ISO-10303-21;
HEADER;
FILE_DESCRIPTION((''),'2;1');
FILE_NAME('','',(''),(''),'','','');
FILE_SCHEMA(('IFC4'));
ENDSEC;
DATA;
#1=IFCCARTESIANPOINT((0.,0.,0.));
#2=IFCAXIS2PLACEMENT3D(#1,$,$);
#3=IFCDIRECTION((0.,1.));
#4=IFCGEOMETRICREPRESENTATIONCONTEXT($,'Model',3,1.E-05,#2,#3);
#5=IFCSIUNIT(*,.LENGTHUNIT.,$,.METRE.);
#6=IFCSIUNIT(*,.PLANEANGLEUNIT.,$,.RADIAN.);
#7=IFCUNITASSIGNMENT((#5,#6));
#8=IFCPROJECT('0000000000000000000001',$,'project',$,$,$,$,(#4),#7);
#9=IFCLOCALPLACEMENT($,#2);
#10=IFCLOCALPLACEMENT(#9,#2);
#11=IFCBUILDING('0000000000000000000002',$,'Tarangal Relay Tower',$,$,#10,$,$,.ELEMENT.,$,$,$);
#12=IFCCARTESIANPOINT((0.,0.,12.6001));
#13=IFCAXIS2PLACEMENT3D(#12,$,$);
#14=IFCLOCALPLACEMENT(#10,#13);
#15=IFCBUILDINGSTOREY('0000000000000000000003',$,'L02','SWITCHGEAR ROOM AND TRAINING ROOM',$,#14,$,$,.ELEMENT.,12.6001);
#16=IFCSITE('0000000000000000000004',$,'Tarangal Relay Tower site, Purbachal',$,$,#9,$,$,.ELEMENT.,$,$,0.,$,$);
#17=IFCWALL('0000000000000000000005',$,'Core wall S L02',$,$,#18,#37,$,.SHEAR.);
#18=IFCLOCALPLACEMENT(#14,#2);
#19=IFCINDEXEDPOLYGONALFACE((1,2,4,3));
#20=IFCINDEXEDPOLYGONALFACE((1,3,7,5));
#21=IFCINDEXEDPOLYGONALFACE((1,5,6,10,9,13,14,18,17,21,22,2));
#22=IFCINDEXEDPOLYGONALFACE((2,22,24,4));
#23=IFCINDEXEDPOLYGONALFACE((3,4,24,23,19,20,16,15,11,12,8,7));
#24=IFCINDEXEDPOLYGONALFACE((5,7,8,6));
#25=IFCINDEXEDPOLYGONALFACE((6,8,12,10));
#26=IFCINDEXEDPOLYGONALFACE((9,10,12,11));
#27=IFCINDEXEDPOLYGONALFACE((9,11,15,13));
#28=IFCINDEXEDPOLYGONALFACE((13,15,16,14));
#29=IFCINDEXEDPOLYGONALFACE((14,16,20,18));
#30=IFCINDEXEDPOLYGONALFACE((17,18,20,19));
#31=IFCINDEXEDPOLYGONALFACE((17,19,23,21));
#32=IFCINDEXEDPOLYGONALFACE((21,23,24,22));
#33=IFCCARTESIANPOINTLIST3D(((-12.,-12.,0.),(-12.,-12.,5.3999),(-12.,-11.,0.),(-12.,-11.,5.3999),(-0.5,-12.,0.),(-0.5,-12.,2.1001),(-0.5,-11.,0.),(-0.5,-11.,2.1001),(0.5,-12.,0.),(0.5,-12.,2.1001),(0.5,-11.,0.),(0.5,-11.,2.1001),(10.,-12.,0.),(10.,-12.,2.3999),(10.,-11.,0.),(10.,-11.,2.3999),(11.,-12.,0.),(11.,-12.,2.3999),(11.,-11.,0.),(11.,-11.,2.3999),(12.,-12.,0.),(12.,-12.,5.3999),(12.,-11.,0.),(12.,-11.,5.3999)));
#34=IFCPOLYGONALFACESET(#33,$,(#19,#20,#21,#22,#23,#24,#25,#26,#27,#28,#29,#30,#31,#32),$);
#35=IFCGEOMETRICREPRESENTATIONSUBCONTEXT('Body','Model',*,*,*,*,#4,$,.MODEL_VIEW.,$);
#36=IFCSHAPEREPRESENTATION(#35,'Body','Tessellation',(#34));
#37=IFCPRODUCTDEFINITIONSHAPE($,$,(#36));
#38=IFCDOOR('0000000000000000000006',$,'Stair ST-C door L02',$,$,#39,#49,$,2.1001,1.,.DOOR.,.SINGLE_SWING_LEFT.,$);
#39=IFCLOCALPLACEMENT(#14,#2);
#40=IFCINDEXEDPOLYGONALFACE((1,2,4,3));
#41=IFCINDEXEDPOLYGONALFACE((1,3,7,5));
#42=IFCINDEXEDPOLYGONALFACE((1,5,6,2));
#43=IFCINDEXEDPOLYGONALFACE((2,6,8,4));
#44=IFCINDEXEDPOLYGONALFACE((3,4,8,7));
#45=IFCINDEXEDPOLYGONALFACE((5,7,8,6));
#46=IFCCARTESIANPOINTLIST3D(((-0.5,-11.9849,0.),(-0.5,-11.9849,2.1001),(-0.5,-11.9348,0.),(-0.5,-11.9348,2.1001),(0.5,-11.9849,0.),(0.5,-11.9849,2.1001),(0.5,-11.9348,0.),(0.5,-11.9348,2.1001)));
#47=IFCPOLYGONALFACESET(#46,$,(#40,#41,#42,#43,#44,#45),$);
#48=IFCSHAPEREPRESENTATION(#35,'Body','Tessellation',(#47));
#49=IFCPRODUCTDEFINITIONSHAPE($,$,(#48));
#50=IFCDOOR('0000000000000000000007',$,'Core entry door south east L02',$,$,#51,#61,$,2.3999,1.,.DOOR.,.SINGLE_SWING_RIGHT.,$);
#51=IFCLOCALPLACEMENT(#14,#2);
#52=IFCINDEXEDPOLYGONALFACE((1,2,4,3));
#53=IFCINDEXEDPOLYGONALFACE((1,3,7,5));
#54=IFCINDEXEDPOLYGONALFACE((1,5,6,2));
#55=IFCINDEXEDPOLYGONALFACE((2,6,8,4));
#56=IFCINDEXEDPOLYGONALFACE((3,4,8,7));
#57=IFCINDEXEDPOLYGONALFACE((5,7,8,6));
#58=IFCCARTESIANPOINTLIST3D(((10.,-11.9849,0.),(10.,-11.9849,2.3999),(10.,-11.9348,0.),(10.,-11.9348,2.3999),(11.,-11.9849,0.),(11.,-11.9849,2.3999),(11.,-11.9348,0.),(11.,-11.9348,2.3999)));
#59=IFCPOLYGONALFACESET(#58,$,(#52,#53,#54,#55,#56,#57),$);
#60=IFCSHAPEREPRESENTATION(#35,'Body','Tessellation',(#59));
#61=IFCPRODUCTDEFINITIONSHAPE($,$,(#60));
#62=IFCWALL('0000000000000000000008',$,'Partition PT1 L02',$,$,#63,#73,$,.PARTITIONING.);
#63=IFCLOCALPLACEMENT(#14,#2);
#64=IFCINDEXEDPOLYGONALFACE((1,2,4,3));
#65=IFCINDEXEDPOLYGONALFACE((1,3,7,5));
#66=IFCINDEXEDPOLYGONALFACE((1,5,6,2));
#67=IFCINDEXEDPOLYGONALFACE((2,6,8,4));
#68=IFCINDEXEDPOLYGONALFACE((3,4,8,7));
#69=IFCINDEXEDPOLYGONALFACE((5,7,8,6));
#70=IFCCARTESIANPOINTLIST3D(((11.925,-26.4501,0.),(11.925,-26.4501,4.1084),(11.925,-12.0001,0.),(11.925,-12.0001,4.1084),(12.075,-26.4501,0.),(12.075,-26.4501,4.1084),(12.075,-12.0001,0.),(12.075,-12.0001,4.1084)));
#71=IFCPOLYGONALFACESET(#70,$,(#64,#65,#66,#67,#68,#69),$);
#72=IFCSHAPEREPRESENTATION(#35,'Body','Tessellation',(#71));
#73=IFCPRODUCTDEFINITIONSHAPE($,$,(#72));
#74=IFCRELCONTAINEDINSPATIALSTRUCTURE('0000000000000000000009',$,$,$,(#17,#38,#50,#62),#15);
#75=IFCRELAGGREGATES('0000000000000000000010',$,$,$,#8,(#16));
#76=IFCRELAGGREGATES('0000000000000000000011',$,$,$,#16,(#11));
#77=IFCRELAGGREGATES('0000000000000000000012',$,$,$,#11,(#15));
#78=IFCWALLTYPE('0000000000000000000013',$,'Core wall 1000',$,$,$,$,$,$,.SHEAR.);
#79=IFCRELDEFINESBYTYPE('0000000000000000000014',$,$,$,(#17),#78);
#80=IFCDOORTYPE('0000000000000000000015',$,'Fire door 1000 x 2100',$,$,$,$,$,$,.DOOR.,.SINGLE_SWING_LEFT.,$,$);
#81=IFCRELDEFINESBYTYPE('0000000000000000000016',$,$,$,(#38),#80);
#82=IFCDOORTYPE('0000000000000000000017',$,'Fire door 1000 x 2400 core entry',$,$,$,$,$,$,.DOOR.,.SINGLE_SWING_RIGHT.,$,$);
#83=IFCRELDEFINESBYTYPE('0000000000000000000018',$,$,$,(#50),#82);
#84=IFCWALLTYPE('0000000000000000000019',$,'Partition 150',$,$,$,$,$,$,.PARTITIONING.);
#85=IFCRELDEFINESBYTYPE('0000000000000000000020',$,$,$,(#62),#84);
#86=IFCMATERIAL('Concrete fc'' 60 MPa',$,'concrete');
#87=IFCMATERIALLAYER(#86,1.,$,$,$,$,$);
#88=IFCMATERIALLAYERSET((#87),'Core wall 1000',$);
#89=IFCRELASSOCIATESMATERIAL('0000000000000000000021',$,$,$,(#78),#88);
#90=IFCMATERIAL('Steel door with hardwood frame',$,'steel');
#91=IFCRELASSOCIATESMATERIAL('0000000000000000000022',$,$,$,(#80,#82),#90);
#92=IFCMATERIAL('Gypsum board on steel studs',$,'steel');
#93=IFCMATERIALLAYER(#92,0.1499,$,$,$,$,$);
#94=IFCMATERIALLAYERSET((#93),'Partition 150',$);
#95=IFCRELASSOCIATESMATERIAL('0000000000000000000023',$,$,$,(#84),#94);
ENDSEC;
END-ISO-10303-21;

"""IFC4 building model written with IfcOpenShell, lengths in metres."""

from ifc_helpers import new_model, si_unit, direction, frame, frame_2d, origin, place, context, subcontext, project, spatial, rectangle, extrude, material, layer, layer_set, type_object, element, fill, save


model = new_model("IFC4")

# Units and contexts
model_context = context("Model", 3, precision=1e-05, world=origin(), true_north=direction((0.0, 1.0)))
body_context = subcontext(model_context, "Body", "Model", "MODEL_VIEW")
ifc_project = project(units=[si_unit("LENGTHUNIT", "METRE"), si_unit("PLANEANGLEUNIT", "RADIAN")], contexts=[model_context])

# Site, building, storey
site_placement = place(None, origin())
site = spatial("IfcSite", under=ifc_project, at=site_placement, Name="Tarangal Relay Tower site, Purbachal", CompositionType="ELEMENT", RefElevation=0.0)
building_placement = place(site_placement, origin())
building = spatial("IfcBuilding", under=site, at=building_placement, Name="Tarangal Relay Tower", CompositionType="ELEMENT")
storey_placement = place(building_placement, frame((0.0, 0.0, 12.6001)))
storey = spatial("IfcBuildingStorey", under=building, at=storey_placement, Name="L02", Description="SWITCHGEAR ROOM AND TRAINING ROOM", CompositionType="ELEMENT", Elevation=12.6001)

# Wall, openings, doors
ifc_material_1 = material(Name="Concrete fc' 60 MPa", Category="concrete")
ifc_layer_1 = layer(ifc_material_1, 1.0)
ifc_layer_set_1 = layer_set([ifc_layer_1], Name="Core wall 1000")
wall_type_1 = type_object("IfcWallType", Name="Core wall 1000", PredefinedType="SHEAR", material=ifc_layer_set_1)
wall_1_placement = place(storey_placement, frame((12.0, -11.5, 0.0), z_axis=(0.0, 0.0, 1.0), x_axis=(-1.0, 0.0, 0.0)))
wall_1 = element("IfcWall", 1, at=wall_1_placement, inside=storey, type_object=wall_type_1, Name="Core wall S L02", PredefinedType="SHEAR", context=body_context, shape_type="SweptSolid", body=[
    extrude(rectangle(XDim=24.0, YDim=1.0, at=frame_2d((12.0, 0.0))), origin(), (0.0, 0.0, 1.0), 5.3999),
])
opening_1_placement = place(wall_1_placement, frame((11.5, 0.0, 0.0)))
opening_1 = element("IfcOpeningElement", 2, at=opening_1_placement, cuts=wall_1, PredefinedType="OPENING", context=body_context, shape_type="SweptSolid", body=[
    extrude(rectangle(XDim=1.0, YDim=2.1001, at=frame_2d((0.5, 1.05))), frame((0.0, 0.51, 0.0), z_axis=(0.0, -1.0, 0.0), x_axis=(1.0, 0.0, 0.0)), (0.0, 0.0, 1.0), 1.02),
])
opening_2_placement = place(wall_1_placement, frame((1.0, 0.0, 0.0)))
opening_2 = element("IfcOpeningElement", 3, at=opening_2_placement, cuts=wall_1, PredefinedType="OPENING", context=body_context, shape_type="SweptSolid", body=[
    extrude(rectangle(XDim=1.0, YDim=2.3999, at=frame_2d((0.5, 1.2))), frame((0.0, 0.51, 0.0), z_axis=(0.0, -1.0, 0.0), x_axis=(1.0, 0.0, 0.0)), (0.0, 0.0, 1.0), 1.02),
])
ifc_material_2 = material(Name="Steel door with hardwood frame", Category="steel")
door_type_1 = type_object("IfcDoorType", Name="Fire door 1000 x 2100", OperationType="SINGLE_SWING_LEFT", PredefinedType="DOOR", material=ifc_material_2)
door_1_placement = place(opening_1_placement, origin())
door_1 = element("IfcDoor", 4, at=door_1_placement, inside=storey, type_object=door_type_1, Name="Stair ST-C door L02", OperationType="SINGLE_SWING_LEFT", OverallHeight=2.1001, OverallWidth=1.0, PredefinedType="DOOR", context=body_context, shape_type="SweptSolid", body=[
    extrude(rectangle(XDim=1.0, YDim=2.1001, at=frame_2d((0.5, 1.05))), frame((0.0, 0.4849, 0.0), z_axis=(0.0, -1.0, 0.0), x_axis=(1.0, 0.0, 0.0)), (0.0, 0.0, 1.0), 0.05),
])
fill(opening_1, door_1)
door_type_2 = type_object("IfcDoorType", Name="Fire door 1000 x 2400 core entry", OperationType="SINGLE_SWING_RIGHT", PredefinedType="DOOR", material=ifc_material_2)
door_2_placement = place(opening_2_placement, origin())
door_2 = element("IfcDoor", 5, at=door_2_placement, inside=storey, type_object=door_type_2, Name="Core entry door south east L02", OperationType="SINGLE_SWING_RIGHT", OverallHeight=2.3999, OverallWidth=1.0, PredefinedType="DOOR", context=body_context, shape_type="SweptSolid", body=[
    extrude(rectangle(XDim=1.0, YDim=2.3999, at=frame_2d((0.5, 1.2))), frame((0.0, 0.4849, 0.0), z_axis=(0.0, -1.0, 0.0), x_axis=(1.0, 0.0, 0.0)), (0.0, 0.0, 1.0), 0.05),
])
fill(opening_2, door_2)

# Wall
ifc_material_3 = material(Name="Gypsum board on steel studs", Category="steel")
ifc_layer_2 = layer(ifc_material_3, 0.1499)
ifc_layer_set_2 = layer_set([ifc_layer_2], Name="Partition 150")
wall_type_2 = type_object("IfcWallType", Name="Partition 150", PredefinedType="PARTITIONING", material=ifc_layer_set_2)
wall_2_placement = place(storey_placement, frame((12.0, -12.0, 0.0), z_axis=(0.0, 0.0, 1.0), x_axis=(0.0, -1.0, 0.0)))
element("IfcWall", 6, at=wall_2_placement, inside=storey, type_object=wall_type_2, Name="Partition PT1 L02", PredefinedType="PARTITIONING", context=body_context, shape_type="SweptSolid", body=[
    extrude(rectangle(XDim=14.45, YDim=0.1499, at=frame_2d((7.2251, 0.0))), origin(), (0.0, 0.0, 1.0), 4.1084),
])

save(model, "model.ifc")
